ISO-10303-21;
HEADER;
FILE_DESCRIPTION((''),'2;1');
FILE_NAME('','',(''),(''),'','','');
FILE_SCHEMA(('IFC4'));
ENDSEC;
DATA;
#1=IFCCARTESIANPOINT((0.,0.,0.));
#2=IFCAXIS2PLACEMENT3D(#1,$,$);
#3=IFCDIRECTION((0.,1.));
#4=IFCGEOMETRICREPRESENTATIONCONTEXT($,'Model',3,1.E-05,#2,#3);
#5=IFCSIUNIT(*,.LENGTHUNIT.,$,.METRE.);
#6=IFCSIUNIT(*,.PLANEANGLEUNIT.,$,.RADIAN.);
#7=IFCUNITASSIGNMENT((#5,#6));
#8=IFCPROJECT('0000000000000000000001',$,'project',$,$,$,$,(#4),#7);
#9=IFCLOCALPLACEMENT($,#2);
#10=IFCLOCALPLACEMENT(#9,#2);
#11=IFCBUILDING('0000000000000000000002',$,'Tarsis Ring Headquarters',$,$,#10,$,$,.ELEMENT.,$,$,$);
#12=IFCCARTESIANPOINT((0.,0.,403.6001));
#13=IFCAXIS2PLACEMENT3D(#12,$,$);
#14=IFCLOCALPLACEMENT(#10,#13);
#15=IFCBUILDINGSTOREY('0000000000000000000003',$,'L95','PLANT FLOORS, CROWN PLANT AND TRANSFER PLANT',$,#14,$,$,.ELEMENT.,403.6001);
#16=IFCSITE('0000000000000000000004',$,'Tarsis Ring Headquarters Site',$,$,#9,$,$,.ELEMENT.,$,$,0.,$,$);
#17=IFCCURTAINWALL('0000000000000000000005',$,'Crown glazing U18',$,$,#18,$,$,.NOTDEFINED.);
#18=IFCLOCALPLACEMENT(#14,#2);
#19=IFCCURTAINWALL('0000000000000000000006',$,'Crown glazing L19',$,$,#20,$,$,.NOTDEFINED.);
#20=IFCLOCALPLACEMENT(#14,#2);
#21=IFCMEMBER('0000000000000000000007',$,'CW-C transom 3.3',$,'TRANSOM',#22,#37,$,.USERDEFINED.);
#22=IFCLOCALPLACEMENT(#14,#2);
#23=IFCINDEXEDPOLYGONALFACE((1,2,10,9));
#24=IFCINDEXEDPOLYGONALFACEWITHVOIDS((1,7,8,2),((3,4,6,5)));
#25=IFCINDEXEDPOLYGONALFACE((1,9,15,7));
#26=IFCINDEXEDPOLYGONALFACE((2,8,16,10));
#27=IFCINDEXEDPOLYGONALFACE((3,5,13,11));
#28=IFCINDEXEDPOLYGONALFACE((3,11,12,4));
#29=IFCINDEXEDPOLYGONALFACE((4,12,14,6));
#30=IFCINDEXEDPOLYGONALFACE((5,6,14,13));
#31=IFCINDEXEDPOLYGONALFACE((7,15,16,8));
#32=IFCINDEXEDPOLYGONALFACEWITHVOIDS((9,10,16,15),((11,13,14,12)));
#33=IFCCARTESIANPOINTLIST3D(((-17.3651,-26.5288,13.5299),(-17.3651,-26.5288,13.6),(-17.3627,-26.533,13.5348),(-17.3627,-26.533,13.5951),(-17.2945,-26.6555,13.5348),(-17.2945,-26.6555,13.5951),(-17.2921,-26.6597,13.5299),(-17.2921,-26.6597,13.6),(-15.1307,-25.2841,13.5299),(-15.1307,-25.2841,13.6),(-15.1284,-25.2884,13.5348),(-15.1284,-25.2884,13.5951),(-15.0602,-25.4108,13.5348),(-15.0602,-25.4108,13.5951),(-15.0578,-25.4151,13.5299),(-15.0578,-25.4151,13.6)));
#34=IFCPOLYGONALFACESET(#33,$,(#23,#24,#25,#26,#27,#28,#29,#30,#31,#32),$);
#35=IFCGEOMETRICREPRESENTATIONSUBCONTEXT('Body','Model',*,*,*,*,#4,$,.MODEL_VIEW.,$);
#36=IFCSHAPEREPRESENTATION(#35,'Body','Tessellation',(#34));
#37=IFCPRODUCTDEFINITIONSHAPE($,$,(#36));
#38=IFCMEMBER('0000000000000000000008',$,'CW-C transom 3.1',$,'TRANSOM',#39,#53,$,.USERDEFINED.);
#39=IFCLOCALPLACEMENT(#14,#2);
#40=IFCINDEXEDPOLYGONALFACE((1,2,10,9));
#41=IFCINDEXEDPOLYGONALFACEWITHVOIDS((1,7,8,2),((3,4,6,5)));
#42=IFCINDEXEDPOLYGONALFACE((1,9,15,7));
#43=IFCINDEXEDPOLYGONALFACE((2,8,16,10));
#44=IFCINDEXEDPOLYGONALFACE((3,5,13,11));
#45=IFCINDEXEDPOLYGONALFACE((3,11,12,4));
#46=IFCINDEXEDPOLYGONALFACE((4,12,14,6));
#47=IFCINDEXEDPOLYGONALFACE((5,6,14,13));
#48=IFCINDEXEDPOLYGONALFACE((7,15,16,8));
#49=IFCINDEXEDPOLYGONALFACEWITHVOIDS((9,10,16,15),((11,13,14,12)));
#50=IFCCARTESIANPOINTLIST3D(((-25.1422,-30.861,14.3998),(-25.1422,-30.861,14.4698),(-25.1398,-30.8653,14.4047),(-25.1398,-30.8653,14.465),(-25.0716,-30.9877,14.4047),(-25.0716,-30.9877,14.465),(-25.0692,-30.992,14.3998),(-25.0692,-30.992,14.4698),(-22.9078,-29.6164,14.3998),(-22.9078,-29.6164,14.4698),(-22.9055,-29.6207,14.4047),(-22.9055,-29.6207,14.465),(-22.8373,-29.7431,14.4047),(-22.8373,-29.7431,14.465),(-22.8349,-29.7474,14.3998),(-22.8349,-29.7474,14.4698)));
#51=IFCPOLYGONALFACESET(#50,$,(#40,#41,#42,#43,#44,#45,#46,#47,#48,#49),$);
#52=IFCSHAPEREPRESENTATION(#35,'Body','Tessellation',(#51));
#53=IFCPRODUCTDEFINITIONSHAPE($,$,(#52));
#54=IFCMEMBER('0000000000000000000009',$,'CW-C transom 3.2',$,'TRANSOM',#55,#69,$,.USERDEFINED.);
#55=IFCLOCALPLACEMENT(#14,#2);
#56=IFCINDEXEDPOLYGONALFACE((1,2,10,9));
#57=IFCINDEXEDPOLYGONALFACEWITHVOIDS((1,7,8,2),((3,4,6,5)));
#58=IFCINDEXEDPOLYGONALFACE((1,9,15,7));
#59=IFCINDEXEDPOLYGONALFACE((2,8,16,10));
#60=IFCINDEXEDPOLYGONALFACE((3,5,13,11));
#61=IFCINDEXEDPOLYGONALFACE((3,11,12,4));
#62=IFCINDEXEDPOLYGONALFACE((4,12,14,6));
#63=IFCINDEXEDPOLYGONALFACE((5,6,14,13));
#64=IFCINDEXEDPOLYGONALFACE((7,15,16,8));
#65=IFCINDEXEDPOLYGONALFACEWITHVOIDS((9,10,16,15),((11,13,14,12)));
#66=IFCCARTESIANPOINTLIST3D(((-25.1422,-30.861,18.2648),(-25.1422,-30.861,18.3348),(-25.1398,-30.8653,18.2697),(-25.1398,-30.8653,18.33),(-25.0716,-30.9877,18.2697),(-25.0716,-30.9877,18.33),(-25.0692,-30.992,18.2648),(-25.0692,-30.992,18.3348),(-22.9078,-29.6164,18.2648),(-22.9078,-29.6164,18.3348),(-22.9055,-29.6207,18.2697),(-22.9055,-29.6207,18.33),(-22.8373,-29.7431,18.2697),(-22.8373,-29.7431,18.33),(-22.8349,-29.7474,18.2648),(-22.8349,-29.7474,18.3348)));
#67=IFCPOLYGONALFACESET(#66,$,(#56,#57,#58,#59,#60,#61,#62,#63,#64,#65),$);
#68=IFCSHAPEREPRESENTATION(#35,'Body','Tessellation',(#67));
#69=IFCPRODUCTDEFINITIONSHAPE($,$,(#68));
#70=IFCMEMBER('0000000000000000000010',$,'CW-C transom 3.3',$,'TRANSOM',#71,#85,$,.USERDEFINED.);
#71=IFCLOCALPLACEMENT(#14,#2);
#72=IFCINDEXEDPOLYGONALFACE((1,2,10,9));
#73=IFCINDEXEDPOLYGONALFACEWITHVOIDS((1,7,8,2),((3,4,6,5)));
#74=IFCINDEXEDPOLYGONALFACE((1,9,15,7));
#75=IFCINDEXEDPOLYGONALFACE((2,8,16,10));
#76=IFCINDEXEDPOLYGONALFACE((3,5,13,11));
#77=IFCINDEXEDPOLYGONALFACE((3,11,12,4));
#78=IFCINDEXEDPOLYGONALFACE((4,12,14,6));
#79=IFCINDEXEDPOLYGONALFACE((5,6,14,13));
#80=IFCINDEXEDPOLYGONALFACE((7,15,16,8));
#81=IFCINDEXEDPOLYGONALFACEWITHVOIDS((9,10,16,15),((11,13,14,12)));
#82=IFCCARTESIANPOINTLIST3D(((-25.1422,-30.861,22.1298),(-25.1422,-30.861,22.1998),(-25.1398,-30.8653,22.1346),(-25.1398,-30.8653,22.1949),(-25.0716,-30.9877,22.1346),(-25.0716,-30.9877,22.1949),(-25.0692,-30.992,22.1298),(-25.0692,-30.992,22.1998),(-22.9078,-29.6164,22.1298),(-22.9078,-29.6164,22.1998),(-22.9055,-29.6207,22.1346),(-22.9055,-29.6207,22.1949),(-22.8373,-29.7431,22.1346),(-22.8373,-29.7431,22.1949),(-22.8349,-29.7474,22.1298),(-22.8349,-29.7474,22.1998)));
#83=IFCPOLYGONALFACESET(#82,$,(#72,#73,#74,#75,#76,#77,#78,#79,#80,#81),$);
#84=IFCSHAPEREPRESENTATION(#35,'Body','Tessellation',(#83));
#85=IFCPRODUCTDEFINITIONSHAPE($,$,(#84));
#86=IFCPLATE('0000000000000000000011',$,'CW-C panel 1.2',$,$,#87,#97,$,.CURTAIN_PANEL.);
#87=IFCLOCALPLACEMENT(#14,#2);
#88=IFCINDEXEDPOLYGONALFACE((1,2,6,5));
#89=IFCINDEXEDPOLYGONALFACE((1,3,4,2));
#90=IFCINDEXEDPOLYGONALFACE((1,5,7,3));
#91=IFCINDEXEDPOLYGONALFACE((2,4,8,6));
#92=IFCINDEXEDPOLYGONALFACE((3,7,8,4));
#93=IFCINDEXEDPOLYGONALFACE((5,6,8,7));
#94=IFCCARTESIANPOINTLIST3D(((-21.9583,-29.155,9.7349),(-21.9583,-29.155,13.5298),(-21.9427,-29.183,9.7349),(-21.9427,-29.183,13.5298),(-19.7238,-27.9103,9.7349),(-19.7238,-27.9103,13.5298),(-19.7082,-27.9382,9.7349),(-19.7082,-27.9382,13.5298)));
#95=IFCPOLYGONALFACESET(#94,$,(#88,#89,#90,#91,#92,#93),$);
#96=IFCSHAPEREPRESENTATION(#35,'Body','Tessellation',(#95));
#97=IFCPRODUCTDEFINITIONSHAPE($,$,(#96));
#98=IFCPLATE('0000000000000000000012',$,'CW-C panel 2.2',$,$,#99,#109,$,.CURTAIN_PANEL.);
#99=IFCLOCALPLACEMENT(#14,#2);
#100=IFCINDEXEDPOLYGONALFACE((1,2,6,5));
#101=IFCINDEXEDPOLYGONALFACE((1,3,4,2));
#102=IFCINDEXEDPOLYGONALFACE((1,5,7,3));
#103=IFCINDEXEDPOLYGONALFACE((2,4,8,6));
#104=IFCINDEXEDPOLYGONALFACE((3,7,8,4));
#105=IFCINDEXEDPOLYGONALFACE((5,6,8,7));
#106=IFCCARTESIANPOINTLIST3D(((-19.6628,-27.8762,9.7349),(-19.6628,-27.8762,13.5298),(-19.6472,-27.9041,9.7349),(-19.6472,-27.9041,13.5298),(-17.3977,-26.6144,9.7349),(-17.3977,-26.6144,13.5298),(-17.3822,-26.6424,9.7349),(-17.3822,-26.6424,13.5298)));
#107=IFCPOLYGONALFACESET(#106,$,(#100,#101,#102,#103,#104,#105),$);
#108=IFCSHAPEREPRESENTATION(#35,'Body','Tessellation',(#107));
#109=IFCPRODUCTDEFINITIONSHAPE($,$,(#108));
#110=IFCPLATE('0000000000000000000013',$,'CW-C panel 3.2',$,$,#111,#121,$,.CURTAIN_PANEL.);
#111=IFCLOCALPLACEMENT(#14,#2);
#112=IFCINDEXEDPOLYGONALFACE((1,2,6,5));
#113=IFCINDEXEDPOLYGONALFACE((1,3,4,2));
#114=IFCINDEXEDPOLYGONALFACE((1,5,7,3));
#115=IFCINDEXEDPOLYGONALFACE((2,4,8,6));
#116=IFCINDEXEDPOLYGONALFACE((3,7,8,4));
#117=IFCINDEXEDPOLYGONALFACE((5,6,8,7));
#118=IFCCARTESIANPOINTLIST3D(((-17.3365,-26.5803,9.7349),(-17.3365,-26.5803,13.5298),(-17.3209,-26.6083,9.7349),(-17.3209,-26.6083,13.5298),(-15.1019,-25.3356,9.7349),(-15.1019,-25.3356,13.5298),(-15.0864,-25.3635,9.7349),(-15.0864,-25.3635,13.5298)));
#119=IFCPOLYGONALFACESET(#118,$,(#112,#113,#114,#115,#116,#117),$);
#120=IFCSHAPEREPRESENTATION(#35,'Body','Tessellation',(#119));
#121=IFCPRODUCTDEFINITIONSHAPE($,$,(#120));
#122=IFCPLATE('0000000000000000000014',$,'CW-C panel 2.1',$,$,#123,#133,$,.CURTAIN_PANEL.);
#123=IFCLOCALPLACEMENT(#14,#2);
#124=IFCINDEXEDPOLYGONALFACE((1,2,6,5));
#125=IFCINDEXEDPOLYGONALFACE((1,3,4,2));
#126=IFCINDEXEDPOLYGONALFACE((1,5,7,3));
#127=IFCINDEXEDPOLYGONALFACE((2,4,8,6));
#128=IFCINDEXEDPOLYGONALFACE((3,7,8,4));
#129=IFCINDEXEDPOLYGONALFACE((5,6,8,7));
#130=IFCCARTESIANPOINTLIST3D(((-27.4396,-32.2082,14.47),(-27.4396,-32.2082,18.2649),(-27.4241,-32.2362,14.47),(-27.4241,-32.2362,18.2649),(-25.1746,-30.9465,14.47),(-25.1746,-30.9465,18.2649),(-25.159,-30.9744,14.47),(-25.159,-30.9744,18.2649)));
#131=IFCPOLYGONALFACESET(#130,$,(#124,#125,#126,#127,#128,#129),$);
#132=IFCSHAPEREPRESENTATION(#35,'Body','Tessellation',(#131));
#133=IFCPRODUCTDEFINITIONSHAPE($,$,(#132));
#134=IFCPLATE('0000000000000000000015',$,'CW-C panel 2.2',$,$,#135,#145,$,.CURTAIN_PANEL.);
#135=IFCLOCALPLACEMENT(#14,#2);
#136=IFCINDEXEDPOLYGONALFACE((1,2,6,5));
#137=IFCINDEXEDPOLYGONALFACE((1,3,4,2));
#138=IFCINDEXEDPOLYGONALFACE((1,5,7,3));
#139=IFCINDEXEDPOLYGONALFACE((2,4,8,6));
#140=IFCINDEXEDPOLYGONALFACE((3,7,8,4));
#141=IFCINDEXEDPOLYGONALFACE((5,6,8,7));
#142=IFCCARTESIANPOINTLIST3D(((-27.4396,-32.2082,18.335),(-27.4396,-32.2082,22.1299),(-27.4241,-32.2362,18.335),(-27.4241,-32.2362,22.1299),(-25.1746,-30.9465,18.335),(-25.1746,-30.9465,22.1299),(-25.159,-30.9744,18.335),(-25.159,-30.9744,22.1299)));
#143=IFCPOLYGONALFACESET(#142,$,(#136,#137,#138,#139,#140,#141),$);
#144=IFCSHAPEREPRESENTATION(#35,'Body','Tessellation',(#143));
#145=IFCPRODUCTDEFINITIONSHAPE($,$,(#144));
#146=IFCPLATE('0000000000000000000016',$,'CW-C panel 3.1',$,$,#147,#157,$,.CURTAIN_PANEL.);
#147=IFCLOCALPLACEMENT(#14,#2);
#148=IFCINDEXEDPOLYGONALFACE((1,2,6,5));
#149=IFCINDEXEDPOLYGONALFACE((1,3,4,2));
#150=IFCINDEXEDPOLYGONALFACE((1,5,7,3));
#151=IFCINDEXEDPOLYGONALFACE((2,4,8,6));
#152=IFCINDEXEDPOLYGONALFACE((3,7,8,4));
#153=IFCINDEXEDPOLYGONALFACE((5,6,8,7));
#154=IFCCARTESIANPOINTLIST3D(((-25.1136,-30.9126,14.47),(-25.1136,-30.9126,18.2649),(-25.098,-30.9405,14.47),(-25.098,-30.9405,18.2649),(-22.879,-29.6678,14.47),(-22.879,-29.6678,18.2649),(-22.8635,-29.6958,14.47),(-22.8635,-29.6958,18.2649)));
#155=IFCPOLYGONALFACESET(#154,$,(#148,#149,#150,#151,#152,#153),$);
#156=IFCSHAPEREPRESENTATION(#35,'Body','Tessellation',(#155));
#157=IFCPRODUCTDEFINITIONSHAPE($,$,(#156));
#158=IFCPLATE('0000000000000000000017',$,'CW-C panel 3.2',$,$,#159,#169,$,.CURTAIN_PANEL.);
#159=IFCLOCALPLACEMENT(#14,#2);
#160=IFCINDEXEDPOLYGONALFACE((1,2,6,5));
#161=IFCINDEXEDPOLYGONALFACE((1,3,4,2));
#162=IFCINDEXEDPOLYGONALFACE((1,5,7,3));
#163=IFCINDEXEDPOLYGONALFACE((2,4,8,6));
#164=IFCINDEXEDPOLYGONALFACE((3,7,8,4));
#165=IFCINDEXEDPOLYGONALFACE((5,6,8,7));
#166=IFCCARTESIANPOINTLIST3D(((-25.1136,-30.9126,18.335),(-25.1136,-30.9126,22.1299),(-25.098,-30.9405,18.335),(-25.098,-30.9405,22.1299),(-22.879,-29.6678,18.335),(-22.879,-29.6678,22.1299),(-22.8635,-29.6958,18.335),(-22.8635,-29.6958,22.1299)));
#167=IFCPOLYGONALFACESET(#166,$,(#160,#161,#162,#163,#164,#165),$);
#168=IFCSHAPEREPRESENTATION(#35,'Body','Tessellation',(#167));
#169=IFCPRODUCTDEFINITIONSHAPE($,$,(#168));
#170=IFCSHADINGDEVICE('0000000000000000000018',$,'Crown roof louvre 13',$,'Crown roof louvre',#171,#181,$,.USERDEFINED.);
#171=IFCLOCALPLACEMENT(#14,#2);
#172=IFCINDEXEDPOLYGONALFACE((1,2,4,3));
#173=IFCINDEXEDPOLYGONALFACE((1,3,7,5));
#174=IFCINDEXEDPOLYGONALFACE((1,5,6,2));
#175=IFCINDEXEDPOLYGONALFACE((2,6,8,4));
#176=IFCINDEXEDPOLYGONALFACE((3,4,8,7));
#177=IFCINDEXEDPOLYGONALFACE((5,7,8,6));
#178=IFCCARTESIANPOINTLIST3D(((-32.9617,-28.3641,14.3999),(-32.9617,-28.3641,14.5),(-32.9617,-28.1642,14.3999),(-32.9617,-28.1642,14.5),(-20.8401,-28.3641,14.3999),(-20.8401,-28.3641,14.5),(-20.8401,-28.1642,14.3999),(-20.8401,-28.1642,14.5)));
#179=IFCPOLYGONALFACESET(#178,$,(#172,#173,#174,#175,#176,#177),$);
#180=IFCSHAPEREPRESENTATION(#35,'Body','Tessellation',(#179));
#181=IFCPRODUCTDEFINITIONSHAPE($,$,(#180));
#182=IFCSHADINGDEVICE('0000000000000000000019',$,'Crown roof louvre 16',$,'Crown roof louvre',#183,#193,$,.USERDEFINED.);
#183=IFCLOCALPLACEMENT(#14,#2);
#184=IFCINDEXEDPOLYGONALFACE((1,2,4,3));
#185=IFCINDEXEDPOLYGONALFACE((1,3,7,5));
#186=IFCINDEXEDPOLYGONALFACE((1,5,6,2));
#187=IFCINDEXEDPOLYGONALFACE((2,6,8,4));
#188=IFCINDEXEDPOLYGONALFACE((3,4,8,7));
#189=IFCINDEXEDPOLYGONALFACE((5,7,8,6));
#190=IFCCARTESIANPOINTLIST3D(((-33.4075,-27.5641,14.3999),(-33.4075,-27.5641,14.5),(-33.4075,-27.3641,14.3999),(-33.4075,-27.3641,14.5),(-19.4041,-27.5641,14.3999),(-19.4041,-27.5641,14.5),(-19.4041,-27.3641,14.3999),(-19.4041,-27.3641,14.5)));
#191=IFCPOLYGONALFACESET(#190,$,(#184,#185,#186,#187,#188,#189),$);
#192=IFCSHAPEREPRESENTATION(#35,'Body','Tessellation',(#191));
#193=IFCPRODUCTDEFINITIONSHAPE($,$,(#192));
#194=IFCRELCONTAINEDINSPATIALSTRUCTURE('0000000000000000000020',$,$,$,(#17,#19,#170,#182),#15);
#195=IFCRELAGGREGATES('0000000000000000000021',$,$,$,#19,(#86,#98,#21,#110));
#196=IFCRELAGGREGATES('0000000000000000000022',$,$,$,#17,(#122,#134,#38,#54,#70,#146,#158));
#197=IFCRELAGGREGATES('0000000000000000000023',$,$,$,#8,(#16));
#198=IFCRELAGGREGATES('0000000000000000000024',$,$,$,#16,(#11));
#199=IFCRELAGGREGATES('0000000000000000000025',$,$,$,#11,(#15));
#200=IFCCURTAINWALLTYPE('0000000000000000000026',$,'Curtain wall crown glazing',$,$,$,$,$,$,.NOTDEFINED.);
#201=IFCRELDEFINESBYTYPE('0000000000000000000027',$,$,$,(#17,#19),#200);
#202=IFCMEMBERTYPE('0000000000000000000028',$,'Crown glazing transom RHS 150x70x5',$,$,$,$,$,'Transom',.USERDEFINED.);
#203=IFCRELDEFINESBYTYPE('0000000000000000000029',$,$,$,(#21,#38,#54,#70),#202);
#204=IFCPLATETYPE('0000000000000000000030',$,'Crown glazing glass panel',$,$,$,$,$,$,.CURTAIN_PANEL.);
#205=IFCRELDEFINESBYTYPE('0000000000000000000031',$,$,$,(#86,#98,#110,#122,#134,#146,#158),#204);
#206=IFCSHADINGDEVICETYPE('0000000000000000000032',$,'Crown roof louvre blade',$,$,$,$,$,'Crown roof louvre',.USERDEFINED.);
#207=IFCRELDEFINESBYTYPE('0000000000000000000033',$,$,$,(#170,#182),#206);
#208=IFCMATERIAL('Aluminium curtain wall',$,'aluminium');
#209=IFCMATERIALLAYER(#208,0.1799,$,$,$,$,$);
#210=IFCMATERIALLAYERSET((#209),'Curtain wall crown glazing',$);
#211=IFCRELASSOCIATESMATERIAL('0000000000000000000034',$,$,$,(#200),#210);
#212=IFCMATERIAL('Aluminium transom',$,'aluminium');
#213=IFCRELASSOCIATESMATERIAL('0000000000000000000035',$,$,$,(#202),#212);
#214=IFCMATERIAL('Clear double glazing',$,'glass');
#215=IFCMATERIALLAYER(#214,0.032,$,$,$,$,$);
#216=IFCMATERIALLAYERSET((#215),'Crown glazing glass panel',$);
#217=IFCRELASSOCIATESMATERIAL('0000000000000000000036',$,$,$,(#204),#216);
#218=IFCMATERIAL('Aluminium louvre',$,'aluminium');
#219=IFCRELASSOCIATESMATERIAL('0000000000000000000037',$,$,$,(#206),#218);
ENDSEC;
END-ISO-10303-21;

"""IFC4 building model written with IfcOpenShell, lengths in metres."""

from ifc_helpers import new_model, si_unit, direction, frame, origin, origin_2d, place, context, subcontext, project, spatial, rectangle, hollow_rectangle, extrude, material, layer, layer_set, material_profile, profile_set, type_object, element, aggregate, save


model = new_model("IFC4")

# Units and contexts
model_context = context("Model", 3, precision=1e-05, world=origin(), true_north=direction((0.0, 1.0)))
body_context = subcontext(model_context, "Body", "Model", "MODEL_VIEW")
ifc_project = project(units=[si_unit("LENGTHUNIT", "METRE"), si_unit("PLANEANGLEUNIT", "RADIAN")], contexts=[model_context])

# Site, building, storey
site_placement = place(None, origin())
site = spatial("IfcSite", under=ifc_project, at=site_placement, Name="Tarsis Ring Headquarters Site", CompositionType="ELEMENT", RefElevation=0.0)
building_placement = place(site_placement, origin())
building = spatial("IfcBuilding", under=site, at=building_placement, Name="Tarsis Ring Headquarters", CompositionType="ELEMENT")
storey_placement = place(building_placement, frame((0.0, 0.0, 403.6001)))
storey = spatial("IfcBuildingStorey", under=building, at=storey_placement, Name="L95", Description="PLANT FLOORS, CROWN PLANT AND TRANSFER PLANT", CompositionType="ELEMENT", Elevation=403.6001)

# Curtain wall
ifc_material_1 = material(Name="Aluminium curtain wall", Category="aluminium")
ifc_layer_1 = layer(ifc_material_1, 0.1799)
ifc_layer_set_1 = layer_set([ifc_layer_1], Name="Curtain wall crown glazing")
curtain_wall_type = type_object("IfcCurtainWallType", Name="Curtain wall crown glazing", PredefinedType="NOTDEFINED", material=ifc_layer_set_1)
curtain_wall_1_placement = place(storey_placement, origin())
curtain_wall_1 = element("IfcCurtainWall", 1, at=curtain_wall_1_placement, inside=storey, type_object=curtain_wall_type, Name="Crown glazing U18", PredefinedType="NOTDEFINED")

# Curtain wall, member
curtain_wall_2_placement = place(storey_placement, origin())
curtain_wall_2 = element("IfcCurtainWall", 2, at=curtain_wall_2_placement, inside=storey, type_object=curtain_wall_type, Name="Crown glazing L19", PredefinedType="NOTDEFINED")
ifc_material_2 = material(Name="Aluminium transom", Category="aluminium")
ifc_material_profile_1 = material_profile(ifc_material_2, hollow_rectangle(XDim=0.1499, YDim=0.0701, WallThickness=0.0049, at=origin_2d()), Name="RHS 150x70x5")
ifc_profile_set_1 = profile_set([ifc_material_profile_1], Name="Aluminium transom")
member_type_1 = type_object("IfcMemberType", Name="Crown glazing transom RHS 150x70x5", ElementType="Transom", PredefinedType="USERDEFINED", material=ifc_profile_set_1)
member_1_placement = place(storey_placement, frame((-17.3286, -26.5942, 13.5649), z_axis=(0.873607, 0.486631, 0.0), x_axis=(-0.486631, 0.873607, 0.0)))
member_1 = element("IfcMember", 3, at=member_1_placement, type_object=member_type_1, Name="CW-C transom 3.3", ObjectType="TRANSOM", PredefinedType="USERDEFINED", context=body_context, shape_type="SweptSolid", body=[
    extrude(hollow_rectangle(XDim=0.1499, YDim=0.0701, WallThickness=0.0049, at=origin_2d()), origin(), (0.0, 0.0, 1.0), 2.5576),
])

# Members
member_2_placement = place(storey_placement, frame((-25.1057, -30.9265, 14.4348), z_axis=(0.873607, 0.486631, 0.0), x_axis=(-0.486631, 0.873607, 0.0)))
member_2 = element("IfcMember", 4, at=member_2_placement, type_object=member_type_1, Name="CW-C transom 3.1", ObjectType="TRANSOM", PredefinedType="USERDEFINED", context=body_context, shape_type="SweptSolid", body=[
    extrude(hollow_rectangle(XDim=0.1499, YDim=0.0701, WallThickness=0.0049, at=origin_2d()), origin(), (0.0, 0.0, 1.0), 2.5576),
])
member_3_placement = place(storey_placement, frame((-25.1057, -30.9265, 18.2998), z_axis=(0.873607, 0.486631, 0.0), x_axis=(-0.486631, 0.873607, 0.0)))
member_3 = element("IfcMember", 5, at=member_3_placement, type_object=member_type_1, Name="CW-C transom 3.2", ObjectType="TRANSOM", PredefinedType="USERDEFINED", context=body_context, shape_type="SweptSolid", body=[
    extrude(hollow_rectangle(XDim=0.1499, YDim=0.0701, WallThickness=0.0049, at=origin_2d()), origin(), (0.0, 0.0, 1.0), 2.5576),
])
member_4_placement = place(storey_placement, frame((-25.1057, -30.9265, 22.1648), z_axis=(0.873607, 0.486631, 0.0), x_axis=(-0.486631, 0.873607, 0.0)))
member_4 = element("IfcMember", 6, at=member_4_placement, type_object=member_type_1, Name="CW-C transom 3.3", ObjectType="TRANSOM", PredefinedType="USERDEFINED", context=body_context, shape_type="SweptSolid", body=[
    extrude(hollow_rectangle(XDim=0.1499, YDim=0.0701, WallThickness=0.0049, at=origin_2d()), origin(), (0.0, 0.0, 1.0), 2.5576),
])

# Plates
ifc_material_3 = material(Name="Clear double glazing", Category="glass")
ifc_layer_2 = layer(ifc_material_3, 0.032)
ifc_layer_set_2 = layer_set([ifc_layer_2], Name="Crown glazing glass panel")
plate_type = type_object("IfcPlateType", Name="Crown glazing glass panel", PredefinedType="CURTAIN_PANEL", material=ifc_layer_set_2)
plate_1_placement = place(storey_placement, frame((-20.8333, -28.5466, 9.7349), z_axis=(0.0, 0.0, 1.0), x_axis=(0.873602, 0.48664, 0.0)))
plate_1 = element("IfcPlate", 7, at=plate_1_placement, type_object=plate_type, Name="CW-C panel 1.2", PredefinedType="CURTAIN_PANEL", context=body_context, shape_type="SweptSolid", body=[
    extrude(rectangle(XDim=2.5579, YDim=0.032, at=origin_2d()), origin(), (0.0, 0.0, 1.0), 3.7949),
])
plate_2_placement = place(storey_placement, frame((-18.5225, -27.2593, 9.7349), z_axis=(0.0, 0.0, 1.0), x_axis=(0.873602, 0.48664, 0.0)))
plate_2 = element("IfcPlate", 8, at=plate_2_placement, type_object=plate_type, Name="CW-C panel 2.2", PredefinedType="CURTAIN_PANEL", context=body_context, shape_type="SweptSolid", body=[
    extrude(rectangle(XDim=2.5928, YDim=0.032, at=origin_2d()), origin(), (0.0, 0.0, 1.0), 3.7949),
])
plate_3_placement = place(storey_placement, frame((-16.2114, -25.9719, 9.7349), z_axis=(0.0, 0.0, 1.0), x_axis=(0.873602, 0.48664, 0.0)))
plate_3 = element("IfcPlate", 9, at=plate_3_placement, type_object=plate_type, Name="CW-C panel 3.2", PredefinedType="CURTAIN_PANEL", context=body_context, shape_type="SweptSolid", body=[
    extrude(rectangle(XDim=2.5579, YDim=0.032, at=origin_2d()), origin(), (0.0, 0.0, 1.0), 3.7949),
])
aggregate(curtain_wall_2, [plate_1, plate_2, member_1, plate_3])
plate_4_placement = place(storey_placement, frame((-26.2993, -31.5913, 14.47), z_axis=(0.0, 0.0, 1.0), x_axis=(0.873602, 0.48664, 0.0)))
plate_4 = element("IfcPlate", 10, at=plate_4_placement, type_object=plate_type, Name="CW-C panel 2.1", PredefinedType="CURTAIN_PANEL", context=body_context, shape_type="SweptSolid", body=[
    extrude(rectangle(XDim=2.5928, YDim=0.032, at=origin_2d()), origin(), (0.0, 0.0, 1.0), 3.7949),
])
plate_5_placement = place(storey_placement, frame((-26.2993, -31.5913, 18.335), z_axis=(0.0, 0.0, 1.0), x_axis=(0.873602, 0.48664, 0.0)))
plate_5 = element("IfcPlate", 11, at=plate_5_placement, type_object=plate_type, Name="CW-C panel 2.2", PredefinedType="CURTAIN_PANEL", context=body_context, shape_type="SweptSolid", body=[
    extrude(rectangle(XDim=2.5928, YDim=0.032, at=origin_2d()), origin(), (0.0, 0.0, 1.0), 3.7949),
])
plate_6_placement = place(storey_placement, frame((-23.9885, -30.3042, 14.47), z_axis=(0.0, 0.0, 1.0), x_axis=(0.873602, 0.48664, 0.0)))
plate_6 = element("IfcPlate", 12, at=plate_6_placement, type_object=plate_type, Name="CW-C panel 3.1", PredefinedType="CURTAIN_PANEL", context=body_context, shape_type="SweptSolid", body=[
    extrude(rectangle(XDim=2.5579, YDim=0.032, at=origin_2d()), origin(), (0.0, 0.0, 1.0), 3.7949),
])
plate_7_placement = place(storey_placement, frame((-23.9885, -30.3042, 18.335), z_axis=(0.0, 0.0, 1.0), x_axis=(0.873602, 0.48664, 0.0)))
plate_7 = element("IfcPlate", 13, at=plate_7_placement, type_object=plate_type, Name="CW-C panel 3.2", PredefinedType="CURTAIN_PANEL", context=body_context, shape_type="SweptSolid", body=[
    extrude(rectangle(XDim=2.5579, YDim=0.032, at=origin_2d()), origin(), (0.0, 0.0, 1.0), 3.7949),
])
aggregate(curtain_wall_1, [plate_4, plate_5, member_2, member_3, member_4, plate_6, plate_7])

# Shading devices
ifc_material_4 = material(Name="Aluminium louvre", Category="aluminium")
shading_device_type = type_object("IfcShadingDeviceType", Name="Crown roof louvre blade", ElementType="Crown roof louvre", PredefinedType="USERDEFINED", material=ifc_material_4)
shading_device_1_placement = place(storey_placement, frame((-26.9009, -28.2642, 14.3999), z_axis=(0.0, 0.0, 1.0), x_axis=(1.0, 0.0, 0.0)))
element("IfcShadingDevice", 14, at=shading_device_1_placement, inside=storey, type_object=shading_device_type, Name="Crown roof louvre 13", ObjectType="Crown roof louvre", PredefinedType="USERDEFINED", context=body_context, shape_type="SweptSolid", body=[
    extrude(rectangle(XDim=12.1216, YDim=0.2, at=origin_2d()), origin(), (0.0, 0.0, 1.0), 0.1001),
])
shading_device_2_placement = place(storey_placement, frame((-26.4058, -27.4641, 14.3999), z_axis=(0.0, 0.0, 1.0), x_axis=(1.0, 0.0, 0.0)))
element("IfcShadingDevice", 15, at=shading_device_2_placement, inside=storey, type_object=shading_device_type, Name="Crown roof louvre 16", ObjectType="Crown roof louvre", PredefinedType="USERDEFINED", context=body_context, shape_type="SweptSolid", body=[
    extrude(rectangle(XDim=14.0034, YDim=0.2, at=origin_2d()), origin(), (0.0, 0.0, 1.0), 0.1001),
])

save(model, "model.ifc")
